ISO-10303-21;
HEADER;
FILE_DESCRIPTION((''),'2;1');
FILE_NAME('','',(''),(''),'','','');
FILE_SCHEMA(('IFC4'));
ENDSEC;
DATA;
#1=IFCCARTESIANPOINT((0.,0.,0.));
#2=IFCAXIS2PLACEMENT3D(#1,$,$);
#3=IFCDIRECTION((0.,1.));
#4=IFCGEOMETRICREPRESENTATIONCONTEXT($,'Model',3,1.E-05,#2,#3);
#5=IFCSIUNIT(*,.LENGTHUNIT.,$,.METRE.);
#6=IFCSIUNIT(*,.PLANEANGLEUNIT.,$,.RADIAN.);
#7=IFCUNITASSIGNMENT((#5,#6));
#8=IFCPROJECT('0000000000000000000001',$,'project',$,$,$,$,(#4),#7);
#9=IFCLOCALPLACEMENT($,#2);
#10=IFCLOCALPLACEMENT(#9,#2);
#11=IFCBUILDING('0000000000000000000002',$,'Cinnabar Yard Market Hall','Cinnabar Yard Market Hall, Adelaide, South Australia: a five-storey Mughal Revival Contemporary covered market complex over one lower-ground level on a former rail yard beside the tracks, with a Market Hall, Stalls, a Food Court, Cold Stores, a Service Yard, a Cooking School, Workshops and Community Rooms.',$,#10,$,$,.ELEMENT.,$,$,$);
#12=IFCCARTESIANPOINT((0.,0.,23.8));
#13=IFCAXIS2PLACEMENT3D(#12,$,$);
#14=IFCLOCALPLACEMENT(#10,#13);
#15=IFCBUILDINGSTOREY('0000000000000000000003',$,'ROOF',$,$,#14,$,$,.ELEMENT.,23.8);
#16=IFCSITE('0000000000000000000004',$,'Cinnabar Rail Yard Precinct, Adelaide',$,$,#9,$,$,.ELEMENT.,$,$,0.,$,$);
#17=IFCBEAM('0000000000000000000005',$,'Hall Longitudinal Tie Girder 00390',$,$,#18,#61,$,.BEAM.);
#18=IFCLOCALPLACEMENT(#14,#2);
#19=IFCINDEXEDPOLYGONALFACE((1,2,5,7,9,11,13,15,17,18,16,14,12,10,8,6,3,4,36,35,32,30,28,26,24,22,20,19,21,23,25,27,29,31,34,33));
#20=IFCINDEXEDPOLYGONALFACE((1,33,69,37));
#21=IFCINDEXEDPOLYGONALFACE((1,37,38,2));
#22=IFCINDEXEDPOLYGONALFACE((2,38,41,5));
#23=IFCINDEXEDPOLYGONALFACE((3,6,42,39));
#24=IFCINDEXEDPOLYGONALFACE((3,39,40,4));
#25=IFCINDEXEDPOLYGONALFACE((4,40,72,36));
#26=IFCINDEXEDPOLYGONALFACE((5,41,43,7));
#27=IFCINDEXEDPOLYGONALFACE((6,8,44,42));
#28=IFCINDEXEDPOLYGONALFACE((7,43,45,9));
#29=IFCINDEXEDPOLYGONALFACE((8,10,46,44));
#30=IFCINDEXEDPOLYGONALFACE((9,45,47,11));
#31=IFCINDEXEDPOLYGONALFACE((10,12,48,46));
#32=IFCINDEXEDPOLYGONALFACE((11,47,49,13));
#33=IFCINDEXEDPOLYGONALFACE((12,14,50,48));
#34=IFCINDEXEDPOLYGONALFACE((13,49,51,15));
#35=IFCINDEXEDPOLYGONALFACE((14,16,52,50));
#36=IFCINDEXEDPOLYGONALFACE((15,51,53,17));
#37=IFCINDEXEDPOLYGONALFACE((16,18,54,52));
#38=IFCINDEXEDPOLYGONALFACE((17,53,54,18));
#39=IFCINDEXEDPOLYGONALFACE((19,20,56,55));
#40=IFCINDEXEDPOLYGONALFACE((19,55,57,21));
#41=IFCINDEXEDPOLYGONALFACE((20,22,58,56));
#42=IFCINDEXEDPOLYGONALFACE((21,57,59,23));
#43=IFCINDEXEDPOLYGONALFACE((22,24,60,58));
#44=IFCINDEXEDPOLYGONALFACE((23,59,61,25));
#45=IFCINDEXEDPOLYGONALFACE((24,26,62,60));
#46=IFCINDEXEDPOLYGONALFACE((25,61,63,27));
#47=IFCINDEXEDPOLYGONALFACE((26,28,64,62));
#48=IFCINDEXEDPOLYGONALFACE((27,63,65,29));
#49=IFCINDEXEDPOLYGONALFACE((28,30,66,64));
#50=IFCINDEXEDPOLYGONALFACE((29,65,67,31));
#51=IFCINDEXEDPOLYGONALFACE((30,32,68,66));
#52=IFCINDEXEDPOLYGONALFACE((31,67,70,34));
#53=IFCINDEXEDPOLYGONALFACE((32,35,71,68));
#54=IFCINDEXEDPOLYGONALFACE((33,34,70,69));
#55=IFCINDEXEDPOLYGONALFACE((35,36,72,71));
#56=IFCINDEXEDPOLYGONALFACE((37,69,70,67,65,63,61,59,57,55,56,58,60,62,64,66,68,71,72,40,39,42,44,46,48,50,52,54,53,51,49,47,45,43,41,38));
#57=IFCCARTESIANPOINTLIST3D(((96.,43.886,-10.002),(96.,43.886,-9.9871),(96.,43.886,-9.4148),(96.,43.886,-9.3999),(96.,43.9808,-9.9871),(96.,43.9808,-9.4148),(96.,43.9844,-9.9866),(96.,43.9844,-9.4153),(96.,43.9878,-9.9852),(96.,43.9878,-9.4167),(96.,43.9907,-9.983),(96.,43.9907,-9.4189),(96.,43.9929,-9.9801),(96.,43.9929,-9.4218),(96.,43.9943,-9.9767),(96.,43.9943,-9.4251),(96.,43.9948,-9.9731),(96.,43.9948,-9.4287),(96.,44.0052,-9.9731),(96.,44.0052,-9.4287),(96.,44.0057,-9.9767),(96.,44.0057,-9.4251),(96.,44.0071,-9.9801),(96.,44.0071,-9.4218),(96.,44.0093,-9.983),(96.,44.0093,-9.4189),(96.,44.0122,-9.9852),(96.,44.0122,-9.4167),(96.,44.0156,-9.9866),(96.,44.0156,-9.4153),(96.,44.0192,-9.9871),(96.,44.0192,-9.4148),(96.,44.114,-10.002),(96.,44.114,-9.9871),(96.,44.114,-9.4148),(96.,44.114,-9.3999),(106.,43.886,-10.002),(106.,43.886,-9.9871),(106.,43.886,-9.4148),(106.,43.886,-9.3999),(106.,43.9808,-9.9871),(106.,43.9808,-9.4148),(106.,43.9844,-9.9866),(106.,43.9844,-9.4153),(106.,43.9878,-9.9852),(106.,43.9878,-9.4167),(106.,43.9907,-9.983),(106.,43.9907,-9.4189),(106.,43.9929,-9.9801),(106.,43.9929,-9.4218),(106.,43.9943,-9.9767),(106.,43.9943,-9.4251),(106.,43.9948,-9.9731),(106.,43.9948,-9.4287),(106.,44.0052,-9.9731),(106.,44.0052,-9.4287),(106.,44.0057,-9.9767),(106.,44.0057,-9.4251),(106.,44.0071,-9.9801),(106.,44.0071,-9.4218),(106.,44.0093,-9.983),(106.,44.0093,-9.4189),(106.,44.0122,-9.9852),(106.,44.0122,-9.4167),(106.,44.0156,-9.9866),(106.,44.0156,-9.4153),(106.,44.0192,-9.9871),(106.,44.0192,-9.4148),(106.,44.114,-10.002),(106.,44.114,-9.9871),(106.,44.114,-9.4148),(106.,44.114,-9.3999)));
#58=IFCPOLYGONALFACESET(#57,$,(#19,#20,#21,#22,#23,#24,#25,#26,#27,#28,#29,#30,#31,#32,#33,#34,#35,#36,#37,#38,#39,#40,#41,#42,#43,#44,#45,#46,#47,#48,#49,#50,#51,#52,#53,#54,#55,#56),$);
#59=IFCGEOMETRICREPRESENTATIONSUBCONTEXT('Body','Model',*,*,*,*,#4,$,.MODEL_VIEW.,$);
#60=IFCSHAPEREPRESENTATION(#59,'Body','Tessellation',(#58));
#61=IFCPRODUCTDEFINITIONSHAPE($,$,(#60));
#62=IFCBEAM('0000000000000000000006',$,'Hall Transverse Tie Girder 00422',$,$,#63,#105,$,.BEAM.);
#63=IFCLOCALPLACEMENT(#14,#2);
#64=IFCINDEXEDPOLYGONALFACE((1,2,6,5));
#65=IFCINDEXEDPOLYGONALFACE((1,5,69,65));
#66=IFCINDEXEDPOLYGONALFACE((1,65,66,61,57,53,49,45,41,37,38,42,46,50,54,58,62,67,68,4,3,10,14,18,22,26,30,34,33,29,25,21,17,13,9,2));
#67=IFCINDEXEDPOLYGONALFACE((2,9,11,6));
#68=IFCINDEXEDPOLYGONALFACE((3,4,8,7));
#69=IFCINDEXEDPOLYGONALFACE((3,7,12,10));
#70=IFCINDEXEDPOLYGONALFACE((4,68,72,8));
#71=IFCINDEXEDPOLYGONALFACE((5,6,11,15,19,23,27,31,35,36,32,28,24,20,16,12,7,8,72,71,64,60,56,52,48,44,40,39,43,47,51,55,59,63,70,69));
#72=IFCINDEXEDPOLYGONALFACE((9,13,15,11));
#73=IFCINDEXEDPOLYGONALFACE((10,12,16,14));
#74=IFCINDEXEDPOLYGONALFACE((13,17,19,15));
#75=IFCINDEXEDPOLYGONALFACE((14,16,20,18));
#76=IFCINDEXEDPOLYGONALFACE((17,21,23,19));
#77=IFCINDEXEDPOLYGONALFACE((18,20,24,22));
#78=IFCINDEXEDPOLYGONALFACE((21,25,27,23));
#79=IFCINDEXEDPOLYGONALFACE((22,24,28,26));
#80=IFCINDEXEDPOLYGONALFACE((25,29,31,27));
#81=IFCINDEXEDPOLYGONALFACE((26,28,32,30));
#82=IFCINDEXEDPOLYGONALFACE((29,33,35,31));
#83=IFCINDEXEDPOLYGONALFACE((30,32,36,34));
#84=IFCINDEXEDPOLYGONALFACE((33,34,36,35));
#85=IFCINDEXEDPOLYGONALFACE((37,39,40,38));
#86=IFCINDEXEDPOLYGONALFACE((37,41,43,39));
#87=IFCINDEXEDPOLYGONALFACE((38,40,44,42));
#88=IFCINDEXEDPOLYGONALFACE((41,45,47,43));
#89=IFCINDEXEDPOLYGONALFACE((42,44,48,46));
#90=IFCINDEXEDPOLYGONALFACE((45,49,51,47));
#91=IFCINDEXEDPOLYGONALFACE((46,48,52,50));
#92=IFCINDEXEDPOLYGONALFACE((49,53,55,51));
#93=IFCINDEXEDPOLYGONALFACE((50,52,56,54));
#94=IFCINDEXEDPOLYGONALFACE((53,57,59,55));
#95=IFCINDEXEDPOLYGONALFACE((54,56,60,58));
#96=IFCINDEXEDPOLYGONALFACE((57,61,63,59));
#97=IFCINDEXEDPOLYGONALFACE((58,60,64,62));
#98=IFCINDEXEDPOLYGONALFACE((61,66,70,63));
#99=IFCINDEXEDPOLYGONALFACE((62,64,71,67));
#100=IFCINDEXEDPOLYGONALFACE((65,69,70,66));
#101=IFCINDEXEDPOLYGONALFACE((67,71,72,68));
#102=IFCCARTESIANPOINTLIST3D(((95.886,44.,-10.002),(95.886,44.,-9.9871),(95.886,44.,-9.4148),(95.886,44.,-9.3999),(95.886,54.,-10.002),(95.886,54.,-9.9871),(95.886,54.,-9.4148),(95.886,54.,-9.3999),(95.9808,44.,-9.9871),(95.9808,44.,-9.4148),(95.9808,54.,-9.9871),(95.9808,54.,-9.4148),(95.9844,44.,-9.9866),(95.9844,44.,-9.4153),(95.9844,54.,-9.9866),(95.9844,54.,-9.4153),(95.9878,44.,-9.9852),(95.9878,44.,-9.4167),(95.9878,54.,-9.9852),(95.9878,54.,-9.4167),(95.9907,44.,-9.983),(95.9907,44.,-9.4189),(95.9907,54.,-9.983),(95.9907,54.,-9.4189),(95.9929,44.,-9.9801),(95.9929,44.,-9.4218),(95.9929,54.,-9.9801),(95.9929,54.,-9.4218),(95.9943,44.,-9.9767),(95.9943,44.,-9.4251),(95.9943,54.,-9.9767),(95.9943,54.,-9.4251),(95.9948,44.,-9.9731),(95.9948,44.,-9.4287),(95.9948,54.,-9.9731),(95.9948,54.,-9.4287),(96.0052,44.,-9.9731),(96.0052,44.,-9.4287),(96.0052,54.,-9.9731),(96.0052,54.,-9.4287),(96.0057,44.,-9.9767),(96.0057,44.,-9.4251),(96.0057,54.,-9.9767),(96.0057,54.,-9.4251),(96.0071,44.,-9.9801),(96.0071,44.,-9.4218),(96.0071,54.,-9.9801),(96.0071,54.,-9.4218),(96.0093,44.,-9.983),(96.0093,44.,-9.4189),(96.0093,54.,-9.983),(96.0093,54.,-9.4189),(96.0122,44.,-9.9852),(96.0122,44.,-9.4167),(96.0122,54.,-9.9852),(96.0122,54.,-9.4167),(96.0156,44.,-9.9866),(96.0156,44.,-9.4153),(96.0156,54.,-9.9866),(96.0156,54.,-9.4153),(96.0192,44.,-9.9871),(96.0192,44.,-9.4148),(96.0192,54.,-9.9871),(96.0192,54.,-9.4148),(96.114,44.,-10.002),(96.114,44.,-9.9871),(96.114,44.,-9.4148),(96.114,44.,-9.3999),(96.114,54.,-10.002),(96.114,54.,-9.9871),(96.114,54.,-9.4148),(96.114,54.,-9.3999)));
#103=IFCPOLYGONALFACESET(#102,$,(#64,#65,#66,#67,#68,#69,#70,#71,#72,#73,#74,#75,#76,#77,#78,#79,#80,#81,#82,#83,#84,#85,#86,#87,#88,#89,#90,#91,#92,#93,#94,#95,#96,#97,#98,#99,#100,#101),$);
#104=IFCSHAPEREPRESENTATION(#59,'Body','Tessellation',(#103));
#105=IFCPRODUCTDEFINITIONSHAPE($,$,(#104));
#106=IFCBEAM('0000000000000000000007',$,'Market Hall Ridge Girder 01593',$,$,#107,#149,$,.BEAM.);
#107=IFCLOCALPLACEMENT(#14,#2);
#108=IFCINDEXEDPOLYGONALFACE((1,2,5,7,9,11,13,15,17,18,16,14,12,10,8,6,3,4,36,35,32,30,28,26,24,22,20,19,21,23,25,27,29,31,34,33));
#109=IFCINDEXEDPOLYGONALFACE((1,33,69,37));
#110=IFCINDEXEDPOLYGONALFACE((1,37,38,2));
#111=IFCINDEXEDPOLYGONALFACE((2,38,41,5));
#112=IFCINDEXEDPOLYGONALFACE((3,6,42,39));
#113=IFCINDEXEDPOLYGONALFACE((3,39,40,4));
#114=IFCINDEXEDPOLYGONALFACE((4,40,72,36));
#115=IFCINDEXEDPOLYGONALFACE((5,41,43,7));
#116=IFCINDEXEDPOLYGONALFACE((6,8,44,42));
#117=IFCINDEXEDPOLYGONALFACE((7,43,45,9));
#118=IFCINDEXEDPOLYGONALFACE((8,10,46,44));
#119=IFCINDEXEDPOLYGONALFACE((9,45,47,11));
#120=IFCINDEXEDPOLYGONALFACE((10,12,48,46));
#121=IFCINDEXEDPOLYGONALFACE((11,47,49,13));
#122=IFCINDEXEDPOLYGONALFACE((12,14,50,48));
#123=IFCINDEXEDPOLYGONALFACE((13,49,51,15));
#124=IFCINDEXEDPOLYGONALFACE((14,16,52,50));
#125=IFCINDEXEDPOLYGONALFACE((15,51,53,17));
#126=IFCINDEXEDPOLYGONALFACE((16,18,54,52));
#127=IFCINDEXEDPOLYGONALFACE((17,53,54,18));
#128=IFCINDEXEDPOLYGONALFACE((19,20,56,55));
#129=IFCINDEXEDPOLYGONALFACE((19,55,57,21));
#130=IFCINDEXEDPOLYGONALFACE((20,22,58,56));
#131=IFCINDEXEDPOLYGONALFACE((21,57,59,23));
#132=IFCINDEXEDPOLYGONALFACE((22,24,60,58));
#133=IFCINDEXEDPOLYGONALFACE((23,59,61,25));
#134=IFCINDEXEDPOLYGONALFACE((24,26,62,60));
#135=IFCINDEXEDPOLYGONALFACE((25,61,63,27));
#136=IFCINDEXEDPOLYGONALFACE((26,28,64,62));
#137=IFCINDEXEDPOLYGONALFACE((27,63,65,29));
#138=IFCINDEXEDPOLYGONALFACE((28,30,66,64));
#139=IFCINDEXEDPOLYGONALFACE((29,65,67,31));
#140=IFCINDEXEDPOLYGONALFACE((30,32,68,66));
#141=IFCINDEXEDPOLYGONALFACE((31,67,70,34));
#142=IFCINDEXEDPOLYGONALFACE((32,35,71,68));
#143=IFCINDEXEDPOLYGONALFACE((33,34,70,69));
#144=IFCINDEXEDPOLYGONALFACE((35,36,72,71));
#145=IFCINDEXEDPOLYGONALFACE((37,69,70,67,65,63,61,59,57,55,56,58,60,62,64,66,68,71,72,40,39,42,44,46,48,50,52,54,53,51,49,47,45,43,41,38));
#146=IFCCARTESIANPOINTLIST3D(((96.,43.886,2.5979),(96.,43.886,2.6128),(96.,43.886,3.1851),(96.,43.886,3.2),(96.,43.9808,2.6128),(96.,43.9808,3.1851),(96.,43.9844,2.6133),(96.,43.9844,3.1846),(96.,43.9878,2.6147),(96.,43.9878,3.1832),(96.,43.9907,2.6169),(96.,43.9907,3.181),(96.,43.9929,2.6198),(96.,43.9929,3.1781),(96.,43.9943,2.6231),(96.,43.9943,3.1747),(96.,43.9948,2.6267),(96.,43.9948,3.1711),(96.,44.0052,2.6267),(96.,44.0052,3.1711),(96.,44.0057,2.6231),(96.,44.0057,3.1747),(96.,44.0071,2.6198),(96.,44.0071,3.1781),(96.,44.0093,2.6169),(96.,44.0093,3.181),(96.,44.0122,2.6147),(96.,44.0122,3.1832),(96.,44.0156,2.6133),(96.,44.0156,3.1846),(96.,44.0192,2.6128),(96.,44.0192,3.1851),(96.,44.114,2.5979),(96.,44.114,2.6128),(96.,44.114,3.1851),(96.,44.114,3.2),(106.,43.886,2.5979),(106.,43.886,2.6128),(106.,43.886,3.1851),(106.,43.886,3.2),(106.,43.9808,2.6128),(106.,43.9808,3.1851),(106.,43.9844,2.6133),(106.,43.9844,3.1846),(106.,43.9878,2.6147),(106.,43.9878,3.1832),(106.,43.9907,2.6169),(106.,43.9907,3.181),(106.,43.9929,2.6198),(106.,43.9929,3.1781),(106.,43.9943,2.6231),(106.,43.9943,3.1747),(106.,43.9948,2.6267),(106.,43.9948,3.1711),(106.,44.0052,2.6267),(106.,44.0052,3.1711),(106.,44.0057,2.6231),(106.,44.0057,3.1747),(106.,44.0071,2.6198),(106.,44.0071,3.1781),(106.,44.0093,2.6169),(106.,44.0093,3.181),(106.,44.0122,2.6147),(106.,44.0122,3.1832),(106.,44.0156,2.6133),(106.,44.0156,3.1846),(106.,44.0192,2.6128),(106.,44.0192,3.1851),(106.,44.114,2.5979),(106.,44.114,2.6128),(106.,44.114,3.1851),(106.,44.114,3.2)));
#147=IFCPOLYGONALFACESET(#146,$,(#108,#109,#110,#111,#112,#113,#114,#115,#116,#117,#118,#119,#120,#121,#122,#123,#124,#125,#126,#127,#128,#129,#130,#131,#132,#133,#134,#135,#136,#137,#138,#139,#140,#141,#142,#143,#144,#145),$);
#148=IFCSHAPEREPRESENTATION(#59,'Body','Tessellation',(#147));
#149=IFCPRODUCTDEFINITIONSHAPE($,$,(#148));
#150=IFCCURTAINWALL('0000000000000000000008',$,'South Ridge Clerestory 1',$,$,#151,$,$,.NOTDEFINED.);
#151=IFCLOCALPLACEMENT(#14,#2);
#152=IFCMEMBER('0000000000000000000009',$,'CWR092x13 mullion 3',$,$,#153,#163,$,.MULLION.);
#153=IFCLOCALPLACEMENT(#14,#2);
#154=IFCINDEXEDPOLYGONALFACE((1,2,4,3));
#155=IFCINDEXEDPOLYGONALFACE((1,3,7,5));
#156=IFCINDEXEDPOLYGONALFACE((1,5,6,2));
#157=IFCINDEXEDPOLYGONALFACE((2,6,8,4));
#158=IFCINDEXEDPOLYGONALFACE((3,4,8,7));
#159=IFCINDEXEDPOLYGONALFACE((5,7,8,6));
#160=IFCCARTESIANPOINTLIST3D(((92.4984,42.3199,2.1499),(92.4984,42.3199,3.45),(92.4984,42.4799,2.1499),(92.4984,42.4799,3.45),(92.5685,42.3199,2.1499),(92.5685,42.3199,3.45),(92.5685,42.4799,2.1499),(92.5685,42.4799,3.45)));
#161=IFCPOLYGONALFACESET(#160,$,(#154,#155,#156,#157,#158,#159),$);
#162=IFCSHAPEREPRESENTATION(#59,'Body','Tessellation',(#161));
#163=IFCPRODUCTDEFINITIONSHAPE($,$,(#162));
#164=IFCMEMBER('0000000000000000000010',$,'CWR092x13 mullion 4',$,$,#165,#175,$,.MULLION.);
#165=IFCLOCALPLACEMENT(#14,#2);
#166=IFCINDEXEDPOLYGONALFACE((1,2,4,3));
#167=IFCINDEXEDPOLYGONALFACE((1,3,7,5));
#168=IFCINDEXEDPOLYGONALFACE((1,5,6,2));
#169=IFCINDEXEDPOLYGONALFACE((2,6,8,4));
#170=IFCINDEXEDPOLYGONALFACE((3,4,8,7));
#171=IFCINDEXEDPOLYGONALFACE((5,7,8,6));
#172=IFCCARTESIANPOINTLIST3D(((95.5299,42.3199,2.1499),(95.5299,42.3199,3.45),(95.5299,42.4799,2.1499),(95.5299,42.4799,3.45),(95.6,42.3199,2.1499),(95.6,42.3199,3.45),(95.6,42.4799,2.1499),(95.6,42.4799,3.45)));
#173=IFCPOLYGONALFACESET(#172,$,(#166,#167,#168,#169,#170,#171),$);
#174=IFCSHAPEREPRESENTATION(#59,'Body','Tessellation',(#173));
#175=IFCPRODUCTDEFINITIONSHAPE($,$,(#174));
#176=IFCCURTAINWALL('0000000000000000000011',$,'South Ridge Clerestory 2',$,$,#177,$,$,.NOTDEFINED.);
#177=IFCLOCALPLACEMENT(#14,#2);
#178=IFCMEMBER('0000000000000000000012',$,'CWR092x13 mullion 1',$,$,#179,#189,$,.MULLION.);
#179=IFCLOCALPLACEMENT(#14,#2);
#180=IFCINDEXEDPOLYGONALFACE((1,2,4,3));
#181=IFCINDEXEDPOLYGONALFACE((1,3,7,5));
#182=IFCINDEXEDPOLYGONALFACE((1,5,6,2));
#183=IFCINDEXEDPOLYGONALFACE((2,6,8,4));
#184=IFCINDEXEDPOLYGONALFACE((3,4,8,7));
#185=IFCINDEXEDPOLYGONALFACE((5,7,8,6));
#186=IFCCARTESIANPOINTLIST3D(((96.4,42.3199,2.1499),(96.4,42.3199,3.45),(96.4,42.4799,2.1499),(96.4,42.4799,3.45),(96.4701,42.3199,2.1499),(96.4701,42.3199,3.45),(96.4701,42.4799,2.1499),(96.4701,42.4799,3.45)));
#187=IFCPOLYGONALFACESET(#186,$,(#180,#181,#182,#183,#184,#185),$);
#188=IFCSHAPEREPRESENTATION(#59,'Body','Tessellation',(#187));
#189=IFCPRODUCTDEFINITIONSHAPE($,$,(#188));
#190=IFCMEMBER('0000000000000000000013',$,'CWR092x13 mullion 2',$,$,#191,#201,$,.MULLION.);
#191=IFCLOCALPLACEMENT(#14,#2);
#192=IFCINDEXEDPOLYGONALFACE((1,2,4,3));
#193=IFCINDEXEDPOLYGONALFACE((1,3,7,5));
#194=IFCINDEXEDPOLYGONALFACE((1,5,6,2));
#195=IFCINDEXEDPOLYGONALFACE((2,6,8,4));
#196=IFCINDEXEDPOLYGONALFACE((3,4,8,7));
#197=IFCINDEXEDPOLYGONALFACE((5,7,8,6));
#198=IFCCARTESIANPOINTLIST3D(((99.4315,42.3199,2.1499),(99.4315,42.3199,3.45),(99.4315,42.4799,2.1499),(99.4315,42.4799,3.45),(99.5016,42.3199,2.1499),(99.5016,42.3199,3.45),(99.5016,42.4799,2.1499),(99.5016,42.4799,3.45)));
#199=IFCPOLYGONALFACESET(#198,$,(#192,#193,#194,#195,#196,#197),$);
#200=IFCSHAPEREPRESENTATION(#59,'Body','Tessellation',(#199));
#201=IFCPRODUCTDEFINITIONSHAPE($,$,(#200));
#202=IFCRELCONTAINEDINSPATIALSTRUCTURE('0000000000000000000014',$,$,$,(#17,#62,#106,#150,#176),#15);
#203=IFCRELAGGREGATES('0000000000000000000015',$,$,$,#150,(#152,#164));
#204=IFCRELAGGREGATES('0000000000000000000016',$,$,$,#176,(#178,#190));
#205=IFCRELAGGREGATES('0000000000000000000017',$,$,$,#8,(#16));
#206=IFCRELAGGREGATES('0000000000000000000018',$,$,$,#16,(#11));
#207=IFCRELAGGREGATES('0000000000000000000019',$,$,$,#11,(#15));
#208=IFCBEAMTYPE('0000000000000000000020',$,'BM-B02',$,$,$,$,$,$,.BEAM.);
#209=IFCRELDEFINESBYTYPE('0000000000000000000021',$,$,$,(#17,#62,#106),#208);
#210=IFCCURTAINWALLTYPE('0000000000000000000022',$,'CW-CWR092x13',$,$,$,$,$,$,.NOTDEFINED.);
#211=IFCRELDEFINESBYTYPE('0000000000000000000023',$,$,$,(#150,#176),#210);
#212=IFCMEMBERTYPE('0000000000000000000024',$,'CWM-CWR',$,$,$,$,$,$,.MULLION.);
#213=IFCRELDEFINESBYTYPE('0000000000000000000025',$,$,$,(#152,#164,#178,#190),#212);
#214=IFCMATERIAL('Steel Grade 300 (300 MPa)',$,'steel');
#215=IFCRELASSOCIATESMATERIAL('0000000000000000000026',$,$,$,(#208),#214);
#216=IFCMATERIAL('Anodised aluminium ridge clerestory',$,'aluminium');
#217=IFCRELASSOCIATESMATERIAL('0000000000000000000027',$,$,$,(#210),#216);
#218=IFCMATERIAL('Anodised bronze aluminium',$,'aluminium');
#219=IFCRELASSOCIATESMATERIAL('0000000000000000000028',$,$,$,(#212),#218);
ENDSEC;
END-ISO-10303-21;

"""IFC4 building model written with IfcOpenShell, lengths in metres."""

from ifc_helpers import new_model, si_unit, direction, frame, origin, origin_2d_with_axis, place, context, subcontext, project, spatial, rectangle, i_section, extrude, material, material_profile, profile_set, type_object, element, aggregate, save


model = new_model("IFC4")

# Units and contexts
model_context = context("Model", 3, precision=1e-05, world=origin(), true_north=direction((0.0, 1.0)))
body_context = subcontext(model_context, "Body", "Model", "MODEL_VIEW")
ifc_project = project(units=[si_unit("LENGTHUNIT", "METRE"), si_unit("PLANEANGLEUNIT", "RADIAN")], contexts=[model_context])

# Site, building, storey
site_placement = place(None, origin())
site = spatial("IfcSite", under=ifc_project, at=site_placement, Name="Cinnabar Rail Yard Precinct, Adelaide", CompositionType="ELEMENT", RefElevation=0.0)
building_placement = place(site_placement, origin())
building = spatial("IfcBuilding", under=site, at=building_placement, Name="Cinnabar Yard Market Hall", Description="Cinnabar Yard Market Hall, Adelaide, South Australia: a five-storey Mughal Revival Contemporary covered market complex over one lower-ground level on a former rail yard beside the tracks, with a Market Hall, Stalls, a Food Court, Cold Stores, a Service Yard, a Cooking School, Workshops and Community Rooms.", CompositionType="ELEMENT")
storey_placement = place(building_placement, frame((0.0, 0.0, 23.8)))
storey = spatial("IfcBuildingStorey", under=building, at=storey_placement, Name="ROOF", CompositionType="ELEMENT", Elevation=23.8)

# Beams
ifc_material_1 = material(Name="Steel Grade 300 (300 MPa)", Category="steel")
ifc_material_profile_1 = material_profile(ifc_material_1, i_section(OverallWidth=0.228, OverallDepth=0.6021, WebThickness=0.0105, FlangeThickness=0.0149, FilletRadius=0.0139, at=origin_2d_with_axis()), Name="610UB101")
ifc_profile_set_1 = profile_set([ifc_material_profile_1], Name="Steel Grade 300 (300 MPa)")
beam_type = type_object("IfcBeamType", Name="BM-B02", PredefinedType="BEAM", material=ifc_profile_set_1)
for number, where, z_axis, x_axis, name in (
    (1, (96.0, 44.0, -9.7009), (1.0, 0.0, 0.0), (0.0, 1.0, 0.0), "Hall Longitudinal Tie Girder 00390"),
    (2, (96.0, 44.0, -9.7009), (0.0, 1.0, 0.0), (-1.0, 0.0, 0.0), "Hall Transverse Tie Girder 00422"),
    (3, (96.0, 44.0, 2.8989), (1.0, 0.0, 0.0), (0.0, 1.0, 0.0), "Market Hall Ridge Girder 01593"),
):
    element("IfcBeam", number, at=place(storey_placement, frame(where, z_axis=z_axis, x_axis=x_axis)), inside=storey, type_object=beam_type, Name=name, PredefinedType="BEAM", context=body_context, shape_type="SweptSolid", body=[
        extrude(i_section(OverallWidth=0.228, OverallDepth=0.6021, WebThickness=0.0105, FlangeThickness=0.0149, FilletRadius=0.0139, at=origin_2d_with_axis()), origin(), (0.0, 0.0, 1.0), 10.0),
    ])

# Curtain walls, members
ifc_material_2 = material(Name="Anodised aluminium ridge clerestory", Category="aluminium")
curtain_wall_type = type_object("IfcCurtainWallType", Name="CW-CWR092x13", PredefinedType="NOTDEFINED", material=ifc_material_2)
curtain_wall_1_placement = place(storey_placement, origin())
curtain_wall_1 = element("IfcCurtainWall", 4, at=curtain_wall_1_placement, inside=storey, type_object=curtain_wall_type, Name="South Ridge Clerestory 1", PredefinedType="NOTDEFINED")
ifc_material_3 = material(Name="Anodised bronze aluminium", Category="aluminium")
ifc_material_profile_2 = material_profile(ifc_material_3, rectangle(XDim=0.1599, YDim=0.0701, at=origin_2d_with_axis()), Name="MUL-CWR")
ifc_profile_set_2 = profile_set([ifc_material_profile_2], Name="Anodised bronze aluminium")
member_type_1 = type_object("IfcMemberType", Name="CWM-CWR", PredefinedType="MULLION", material=ifc_profile_set_2)
member_1_placement = place(storey_placement, frame((92.5334, 42.3999, 2.1499), z_axis=(0.0, 0.0, 1.0), x_axis=(0.0, 1.0, 0.0)))
member_1 = element("IfcMember", 5, at=member_1_placement, type_object=member_type_1, Name="CWR092x13 mullion 3", PredefinedType="MULLION", context=body_context, shape_type="SweptSolid", body=[
    extrude(rectangle(XDim=0.1599, YDim=0.0701, at=origin_2d_with_axis()), origin(), (0.0, 0.0, 1.0), 1.3),
])
member_2_placement = place(storey_placement, frame((95.5649, 42.3999, 2.1499), z_axis=(0.0, 0.0, 1.0), x_axis=(0.0, 1.0, 0.0)))
member_2 = element("IfcMember", 6, at=member_2_placement, type_object=member_type_1, Name="CWR092x13 mullion 4", PredefinedType="MULLION", context=body_context, shape_type="SweptSolid", body=[
    extrude(rectangle(XDim=0.1599, YDim=0.0701, at=origin_2d_with_axis()), origin(), (0.0, 0.0, 1.0), 1.3),
])
curtain_wall_2_placement = place(storey_placement, origin())
curtain_wall_2 = element("IfcCurtainWall", 7, at=curtain_wall_2_placement, inside=storey, type_object=curtain_wall_type, Name="South Ridge Clerestory 2", PredefinedType="NOTDEFINED")
member_3_placement = place(storey_placement, frame((96.4351, 42.3999, 2.1499), z_axis=(0.0, 0.0, 1.0), x_axis=(0.0, 1.0, 0.0)))
member_3 = element("IfcMember", 8, at=member_3_placement, type_object=member_type_1, Name="CWR092x13 mullion 1", PredefinedType="MULLION", context=body_context, shape_type="SweptSolid", body=[
    extrude(rectangle(XDim=0.1599, YDim=0.0701, at=origin_2d_with_axis()), origin(), (0.0, 0.0, 1.0), 1.3),
])
member_4_placement = place(storey_placement, frame((99.4666, 42.3999, 2.1499), z_axis=(0.0, 0.0, 1.0), x_axis=(0.0, 1.0, 0.0)))
member_4 = element("IfcMember", 9, at=member_4_placement, type_object=member_type_1, Name="CWR092x13 mullion 2", PredefinedType="MULLION", context=body_context, shape_type="SweptSolid", body=[
    extrude(rectangle(XDim=0.1599, YDim=0.0701, at=origin_2d_with_axis()), origin(), (0.0, 0.0, 1.0), 1.3),
])

aggregate(curtain_wall_1, [member_1, member_2])
aggregate(curtain_wall_2, [member_3, member_4])

save(model, "model.ifc")
